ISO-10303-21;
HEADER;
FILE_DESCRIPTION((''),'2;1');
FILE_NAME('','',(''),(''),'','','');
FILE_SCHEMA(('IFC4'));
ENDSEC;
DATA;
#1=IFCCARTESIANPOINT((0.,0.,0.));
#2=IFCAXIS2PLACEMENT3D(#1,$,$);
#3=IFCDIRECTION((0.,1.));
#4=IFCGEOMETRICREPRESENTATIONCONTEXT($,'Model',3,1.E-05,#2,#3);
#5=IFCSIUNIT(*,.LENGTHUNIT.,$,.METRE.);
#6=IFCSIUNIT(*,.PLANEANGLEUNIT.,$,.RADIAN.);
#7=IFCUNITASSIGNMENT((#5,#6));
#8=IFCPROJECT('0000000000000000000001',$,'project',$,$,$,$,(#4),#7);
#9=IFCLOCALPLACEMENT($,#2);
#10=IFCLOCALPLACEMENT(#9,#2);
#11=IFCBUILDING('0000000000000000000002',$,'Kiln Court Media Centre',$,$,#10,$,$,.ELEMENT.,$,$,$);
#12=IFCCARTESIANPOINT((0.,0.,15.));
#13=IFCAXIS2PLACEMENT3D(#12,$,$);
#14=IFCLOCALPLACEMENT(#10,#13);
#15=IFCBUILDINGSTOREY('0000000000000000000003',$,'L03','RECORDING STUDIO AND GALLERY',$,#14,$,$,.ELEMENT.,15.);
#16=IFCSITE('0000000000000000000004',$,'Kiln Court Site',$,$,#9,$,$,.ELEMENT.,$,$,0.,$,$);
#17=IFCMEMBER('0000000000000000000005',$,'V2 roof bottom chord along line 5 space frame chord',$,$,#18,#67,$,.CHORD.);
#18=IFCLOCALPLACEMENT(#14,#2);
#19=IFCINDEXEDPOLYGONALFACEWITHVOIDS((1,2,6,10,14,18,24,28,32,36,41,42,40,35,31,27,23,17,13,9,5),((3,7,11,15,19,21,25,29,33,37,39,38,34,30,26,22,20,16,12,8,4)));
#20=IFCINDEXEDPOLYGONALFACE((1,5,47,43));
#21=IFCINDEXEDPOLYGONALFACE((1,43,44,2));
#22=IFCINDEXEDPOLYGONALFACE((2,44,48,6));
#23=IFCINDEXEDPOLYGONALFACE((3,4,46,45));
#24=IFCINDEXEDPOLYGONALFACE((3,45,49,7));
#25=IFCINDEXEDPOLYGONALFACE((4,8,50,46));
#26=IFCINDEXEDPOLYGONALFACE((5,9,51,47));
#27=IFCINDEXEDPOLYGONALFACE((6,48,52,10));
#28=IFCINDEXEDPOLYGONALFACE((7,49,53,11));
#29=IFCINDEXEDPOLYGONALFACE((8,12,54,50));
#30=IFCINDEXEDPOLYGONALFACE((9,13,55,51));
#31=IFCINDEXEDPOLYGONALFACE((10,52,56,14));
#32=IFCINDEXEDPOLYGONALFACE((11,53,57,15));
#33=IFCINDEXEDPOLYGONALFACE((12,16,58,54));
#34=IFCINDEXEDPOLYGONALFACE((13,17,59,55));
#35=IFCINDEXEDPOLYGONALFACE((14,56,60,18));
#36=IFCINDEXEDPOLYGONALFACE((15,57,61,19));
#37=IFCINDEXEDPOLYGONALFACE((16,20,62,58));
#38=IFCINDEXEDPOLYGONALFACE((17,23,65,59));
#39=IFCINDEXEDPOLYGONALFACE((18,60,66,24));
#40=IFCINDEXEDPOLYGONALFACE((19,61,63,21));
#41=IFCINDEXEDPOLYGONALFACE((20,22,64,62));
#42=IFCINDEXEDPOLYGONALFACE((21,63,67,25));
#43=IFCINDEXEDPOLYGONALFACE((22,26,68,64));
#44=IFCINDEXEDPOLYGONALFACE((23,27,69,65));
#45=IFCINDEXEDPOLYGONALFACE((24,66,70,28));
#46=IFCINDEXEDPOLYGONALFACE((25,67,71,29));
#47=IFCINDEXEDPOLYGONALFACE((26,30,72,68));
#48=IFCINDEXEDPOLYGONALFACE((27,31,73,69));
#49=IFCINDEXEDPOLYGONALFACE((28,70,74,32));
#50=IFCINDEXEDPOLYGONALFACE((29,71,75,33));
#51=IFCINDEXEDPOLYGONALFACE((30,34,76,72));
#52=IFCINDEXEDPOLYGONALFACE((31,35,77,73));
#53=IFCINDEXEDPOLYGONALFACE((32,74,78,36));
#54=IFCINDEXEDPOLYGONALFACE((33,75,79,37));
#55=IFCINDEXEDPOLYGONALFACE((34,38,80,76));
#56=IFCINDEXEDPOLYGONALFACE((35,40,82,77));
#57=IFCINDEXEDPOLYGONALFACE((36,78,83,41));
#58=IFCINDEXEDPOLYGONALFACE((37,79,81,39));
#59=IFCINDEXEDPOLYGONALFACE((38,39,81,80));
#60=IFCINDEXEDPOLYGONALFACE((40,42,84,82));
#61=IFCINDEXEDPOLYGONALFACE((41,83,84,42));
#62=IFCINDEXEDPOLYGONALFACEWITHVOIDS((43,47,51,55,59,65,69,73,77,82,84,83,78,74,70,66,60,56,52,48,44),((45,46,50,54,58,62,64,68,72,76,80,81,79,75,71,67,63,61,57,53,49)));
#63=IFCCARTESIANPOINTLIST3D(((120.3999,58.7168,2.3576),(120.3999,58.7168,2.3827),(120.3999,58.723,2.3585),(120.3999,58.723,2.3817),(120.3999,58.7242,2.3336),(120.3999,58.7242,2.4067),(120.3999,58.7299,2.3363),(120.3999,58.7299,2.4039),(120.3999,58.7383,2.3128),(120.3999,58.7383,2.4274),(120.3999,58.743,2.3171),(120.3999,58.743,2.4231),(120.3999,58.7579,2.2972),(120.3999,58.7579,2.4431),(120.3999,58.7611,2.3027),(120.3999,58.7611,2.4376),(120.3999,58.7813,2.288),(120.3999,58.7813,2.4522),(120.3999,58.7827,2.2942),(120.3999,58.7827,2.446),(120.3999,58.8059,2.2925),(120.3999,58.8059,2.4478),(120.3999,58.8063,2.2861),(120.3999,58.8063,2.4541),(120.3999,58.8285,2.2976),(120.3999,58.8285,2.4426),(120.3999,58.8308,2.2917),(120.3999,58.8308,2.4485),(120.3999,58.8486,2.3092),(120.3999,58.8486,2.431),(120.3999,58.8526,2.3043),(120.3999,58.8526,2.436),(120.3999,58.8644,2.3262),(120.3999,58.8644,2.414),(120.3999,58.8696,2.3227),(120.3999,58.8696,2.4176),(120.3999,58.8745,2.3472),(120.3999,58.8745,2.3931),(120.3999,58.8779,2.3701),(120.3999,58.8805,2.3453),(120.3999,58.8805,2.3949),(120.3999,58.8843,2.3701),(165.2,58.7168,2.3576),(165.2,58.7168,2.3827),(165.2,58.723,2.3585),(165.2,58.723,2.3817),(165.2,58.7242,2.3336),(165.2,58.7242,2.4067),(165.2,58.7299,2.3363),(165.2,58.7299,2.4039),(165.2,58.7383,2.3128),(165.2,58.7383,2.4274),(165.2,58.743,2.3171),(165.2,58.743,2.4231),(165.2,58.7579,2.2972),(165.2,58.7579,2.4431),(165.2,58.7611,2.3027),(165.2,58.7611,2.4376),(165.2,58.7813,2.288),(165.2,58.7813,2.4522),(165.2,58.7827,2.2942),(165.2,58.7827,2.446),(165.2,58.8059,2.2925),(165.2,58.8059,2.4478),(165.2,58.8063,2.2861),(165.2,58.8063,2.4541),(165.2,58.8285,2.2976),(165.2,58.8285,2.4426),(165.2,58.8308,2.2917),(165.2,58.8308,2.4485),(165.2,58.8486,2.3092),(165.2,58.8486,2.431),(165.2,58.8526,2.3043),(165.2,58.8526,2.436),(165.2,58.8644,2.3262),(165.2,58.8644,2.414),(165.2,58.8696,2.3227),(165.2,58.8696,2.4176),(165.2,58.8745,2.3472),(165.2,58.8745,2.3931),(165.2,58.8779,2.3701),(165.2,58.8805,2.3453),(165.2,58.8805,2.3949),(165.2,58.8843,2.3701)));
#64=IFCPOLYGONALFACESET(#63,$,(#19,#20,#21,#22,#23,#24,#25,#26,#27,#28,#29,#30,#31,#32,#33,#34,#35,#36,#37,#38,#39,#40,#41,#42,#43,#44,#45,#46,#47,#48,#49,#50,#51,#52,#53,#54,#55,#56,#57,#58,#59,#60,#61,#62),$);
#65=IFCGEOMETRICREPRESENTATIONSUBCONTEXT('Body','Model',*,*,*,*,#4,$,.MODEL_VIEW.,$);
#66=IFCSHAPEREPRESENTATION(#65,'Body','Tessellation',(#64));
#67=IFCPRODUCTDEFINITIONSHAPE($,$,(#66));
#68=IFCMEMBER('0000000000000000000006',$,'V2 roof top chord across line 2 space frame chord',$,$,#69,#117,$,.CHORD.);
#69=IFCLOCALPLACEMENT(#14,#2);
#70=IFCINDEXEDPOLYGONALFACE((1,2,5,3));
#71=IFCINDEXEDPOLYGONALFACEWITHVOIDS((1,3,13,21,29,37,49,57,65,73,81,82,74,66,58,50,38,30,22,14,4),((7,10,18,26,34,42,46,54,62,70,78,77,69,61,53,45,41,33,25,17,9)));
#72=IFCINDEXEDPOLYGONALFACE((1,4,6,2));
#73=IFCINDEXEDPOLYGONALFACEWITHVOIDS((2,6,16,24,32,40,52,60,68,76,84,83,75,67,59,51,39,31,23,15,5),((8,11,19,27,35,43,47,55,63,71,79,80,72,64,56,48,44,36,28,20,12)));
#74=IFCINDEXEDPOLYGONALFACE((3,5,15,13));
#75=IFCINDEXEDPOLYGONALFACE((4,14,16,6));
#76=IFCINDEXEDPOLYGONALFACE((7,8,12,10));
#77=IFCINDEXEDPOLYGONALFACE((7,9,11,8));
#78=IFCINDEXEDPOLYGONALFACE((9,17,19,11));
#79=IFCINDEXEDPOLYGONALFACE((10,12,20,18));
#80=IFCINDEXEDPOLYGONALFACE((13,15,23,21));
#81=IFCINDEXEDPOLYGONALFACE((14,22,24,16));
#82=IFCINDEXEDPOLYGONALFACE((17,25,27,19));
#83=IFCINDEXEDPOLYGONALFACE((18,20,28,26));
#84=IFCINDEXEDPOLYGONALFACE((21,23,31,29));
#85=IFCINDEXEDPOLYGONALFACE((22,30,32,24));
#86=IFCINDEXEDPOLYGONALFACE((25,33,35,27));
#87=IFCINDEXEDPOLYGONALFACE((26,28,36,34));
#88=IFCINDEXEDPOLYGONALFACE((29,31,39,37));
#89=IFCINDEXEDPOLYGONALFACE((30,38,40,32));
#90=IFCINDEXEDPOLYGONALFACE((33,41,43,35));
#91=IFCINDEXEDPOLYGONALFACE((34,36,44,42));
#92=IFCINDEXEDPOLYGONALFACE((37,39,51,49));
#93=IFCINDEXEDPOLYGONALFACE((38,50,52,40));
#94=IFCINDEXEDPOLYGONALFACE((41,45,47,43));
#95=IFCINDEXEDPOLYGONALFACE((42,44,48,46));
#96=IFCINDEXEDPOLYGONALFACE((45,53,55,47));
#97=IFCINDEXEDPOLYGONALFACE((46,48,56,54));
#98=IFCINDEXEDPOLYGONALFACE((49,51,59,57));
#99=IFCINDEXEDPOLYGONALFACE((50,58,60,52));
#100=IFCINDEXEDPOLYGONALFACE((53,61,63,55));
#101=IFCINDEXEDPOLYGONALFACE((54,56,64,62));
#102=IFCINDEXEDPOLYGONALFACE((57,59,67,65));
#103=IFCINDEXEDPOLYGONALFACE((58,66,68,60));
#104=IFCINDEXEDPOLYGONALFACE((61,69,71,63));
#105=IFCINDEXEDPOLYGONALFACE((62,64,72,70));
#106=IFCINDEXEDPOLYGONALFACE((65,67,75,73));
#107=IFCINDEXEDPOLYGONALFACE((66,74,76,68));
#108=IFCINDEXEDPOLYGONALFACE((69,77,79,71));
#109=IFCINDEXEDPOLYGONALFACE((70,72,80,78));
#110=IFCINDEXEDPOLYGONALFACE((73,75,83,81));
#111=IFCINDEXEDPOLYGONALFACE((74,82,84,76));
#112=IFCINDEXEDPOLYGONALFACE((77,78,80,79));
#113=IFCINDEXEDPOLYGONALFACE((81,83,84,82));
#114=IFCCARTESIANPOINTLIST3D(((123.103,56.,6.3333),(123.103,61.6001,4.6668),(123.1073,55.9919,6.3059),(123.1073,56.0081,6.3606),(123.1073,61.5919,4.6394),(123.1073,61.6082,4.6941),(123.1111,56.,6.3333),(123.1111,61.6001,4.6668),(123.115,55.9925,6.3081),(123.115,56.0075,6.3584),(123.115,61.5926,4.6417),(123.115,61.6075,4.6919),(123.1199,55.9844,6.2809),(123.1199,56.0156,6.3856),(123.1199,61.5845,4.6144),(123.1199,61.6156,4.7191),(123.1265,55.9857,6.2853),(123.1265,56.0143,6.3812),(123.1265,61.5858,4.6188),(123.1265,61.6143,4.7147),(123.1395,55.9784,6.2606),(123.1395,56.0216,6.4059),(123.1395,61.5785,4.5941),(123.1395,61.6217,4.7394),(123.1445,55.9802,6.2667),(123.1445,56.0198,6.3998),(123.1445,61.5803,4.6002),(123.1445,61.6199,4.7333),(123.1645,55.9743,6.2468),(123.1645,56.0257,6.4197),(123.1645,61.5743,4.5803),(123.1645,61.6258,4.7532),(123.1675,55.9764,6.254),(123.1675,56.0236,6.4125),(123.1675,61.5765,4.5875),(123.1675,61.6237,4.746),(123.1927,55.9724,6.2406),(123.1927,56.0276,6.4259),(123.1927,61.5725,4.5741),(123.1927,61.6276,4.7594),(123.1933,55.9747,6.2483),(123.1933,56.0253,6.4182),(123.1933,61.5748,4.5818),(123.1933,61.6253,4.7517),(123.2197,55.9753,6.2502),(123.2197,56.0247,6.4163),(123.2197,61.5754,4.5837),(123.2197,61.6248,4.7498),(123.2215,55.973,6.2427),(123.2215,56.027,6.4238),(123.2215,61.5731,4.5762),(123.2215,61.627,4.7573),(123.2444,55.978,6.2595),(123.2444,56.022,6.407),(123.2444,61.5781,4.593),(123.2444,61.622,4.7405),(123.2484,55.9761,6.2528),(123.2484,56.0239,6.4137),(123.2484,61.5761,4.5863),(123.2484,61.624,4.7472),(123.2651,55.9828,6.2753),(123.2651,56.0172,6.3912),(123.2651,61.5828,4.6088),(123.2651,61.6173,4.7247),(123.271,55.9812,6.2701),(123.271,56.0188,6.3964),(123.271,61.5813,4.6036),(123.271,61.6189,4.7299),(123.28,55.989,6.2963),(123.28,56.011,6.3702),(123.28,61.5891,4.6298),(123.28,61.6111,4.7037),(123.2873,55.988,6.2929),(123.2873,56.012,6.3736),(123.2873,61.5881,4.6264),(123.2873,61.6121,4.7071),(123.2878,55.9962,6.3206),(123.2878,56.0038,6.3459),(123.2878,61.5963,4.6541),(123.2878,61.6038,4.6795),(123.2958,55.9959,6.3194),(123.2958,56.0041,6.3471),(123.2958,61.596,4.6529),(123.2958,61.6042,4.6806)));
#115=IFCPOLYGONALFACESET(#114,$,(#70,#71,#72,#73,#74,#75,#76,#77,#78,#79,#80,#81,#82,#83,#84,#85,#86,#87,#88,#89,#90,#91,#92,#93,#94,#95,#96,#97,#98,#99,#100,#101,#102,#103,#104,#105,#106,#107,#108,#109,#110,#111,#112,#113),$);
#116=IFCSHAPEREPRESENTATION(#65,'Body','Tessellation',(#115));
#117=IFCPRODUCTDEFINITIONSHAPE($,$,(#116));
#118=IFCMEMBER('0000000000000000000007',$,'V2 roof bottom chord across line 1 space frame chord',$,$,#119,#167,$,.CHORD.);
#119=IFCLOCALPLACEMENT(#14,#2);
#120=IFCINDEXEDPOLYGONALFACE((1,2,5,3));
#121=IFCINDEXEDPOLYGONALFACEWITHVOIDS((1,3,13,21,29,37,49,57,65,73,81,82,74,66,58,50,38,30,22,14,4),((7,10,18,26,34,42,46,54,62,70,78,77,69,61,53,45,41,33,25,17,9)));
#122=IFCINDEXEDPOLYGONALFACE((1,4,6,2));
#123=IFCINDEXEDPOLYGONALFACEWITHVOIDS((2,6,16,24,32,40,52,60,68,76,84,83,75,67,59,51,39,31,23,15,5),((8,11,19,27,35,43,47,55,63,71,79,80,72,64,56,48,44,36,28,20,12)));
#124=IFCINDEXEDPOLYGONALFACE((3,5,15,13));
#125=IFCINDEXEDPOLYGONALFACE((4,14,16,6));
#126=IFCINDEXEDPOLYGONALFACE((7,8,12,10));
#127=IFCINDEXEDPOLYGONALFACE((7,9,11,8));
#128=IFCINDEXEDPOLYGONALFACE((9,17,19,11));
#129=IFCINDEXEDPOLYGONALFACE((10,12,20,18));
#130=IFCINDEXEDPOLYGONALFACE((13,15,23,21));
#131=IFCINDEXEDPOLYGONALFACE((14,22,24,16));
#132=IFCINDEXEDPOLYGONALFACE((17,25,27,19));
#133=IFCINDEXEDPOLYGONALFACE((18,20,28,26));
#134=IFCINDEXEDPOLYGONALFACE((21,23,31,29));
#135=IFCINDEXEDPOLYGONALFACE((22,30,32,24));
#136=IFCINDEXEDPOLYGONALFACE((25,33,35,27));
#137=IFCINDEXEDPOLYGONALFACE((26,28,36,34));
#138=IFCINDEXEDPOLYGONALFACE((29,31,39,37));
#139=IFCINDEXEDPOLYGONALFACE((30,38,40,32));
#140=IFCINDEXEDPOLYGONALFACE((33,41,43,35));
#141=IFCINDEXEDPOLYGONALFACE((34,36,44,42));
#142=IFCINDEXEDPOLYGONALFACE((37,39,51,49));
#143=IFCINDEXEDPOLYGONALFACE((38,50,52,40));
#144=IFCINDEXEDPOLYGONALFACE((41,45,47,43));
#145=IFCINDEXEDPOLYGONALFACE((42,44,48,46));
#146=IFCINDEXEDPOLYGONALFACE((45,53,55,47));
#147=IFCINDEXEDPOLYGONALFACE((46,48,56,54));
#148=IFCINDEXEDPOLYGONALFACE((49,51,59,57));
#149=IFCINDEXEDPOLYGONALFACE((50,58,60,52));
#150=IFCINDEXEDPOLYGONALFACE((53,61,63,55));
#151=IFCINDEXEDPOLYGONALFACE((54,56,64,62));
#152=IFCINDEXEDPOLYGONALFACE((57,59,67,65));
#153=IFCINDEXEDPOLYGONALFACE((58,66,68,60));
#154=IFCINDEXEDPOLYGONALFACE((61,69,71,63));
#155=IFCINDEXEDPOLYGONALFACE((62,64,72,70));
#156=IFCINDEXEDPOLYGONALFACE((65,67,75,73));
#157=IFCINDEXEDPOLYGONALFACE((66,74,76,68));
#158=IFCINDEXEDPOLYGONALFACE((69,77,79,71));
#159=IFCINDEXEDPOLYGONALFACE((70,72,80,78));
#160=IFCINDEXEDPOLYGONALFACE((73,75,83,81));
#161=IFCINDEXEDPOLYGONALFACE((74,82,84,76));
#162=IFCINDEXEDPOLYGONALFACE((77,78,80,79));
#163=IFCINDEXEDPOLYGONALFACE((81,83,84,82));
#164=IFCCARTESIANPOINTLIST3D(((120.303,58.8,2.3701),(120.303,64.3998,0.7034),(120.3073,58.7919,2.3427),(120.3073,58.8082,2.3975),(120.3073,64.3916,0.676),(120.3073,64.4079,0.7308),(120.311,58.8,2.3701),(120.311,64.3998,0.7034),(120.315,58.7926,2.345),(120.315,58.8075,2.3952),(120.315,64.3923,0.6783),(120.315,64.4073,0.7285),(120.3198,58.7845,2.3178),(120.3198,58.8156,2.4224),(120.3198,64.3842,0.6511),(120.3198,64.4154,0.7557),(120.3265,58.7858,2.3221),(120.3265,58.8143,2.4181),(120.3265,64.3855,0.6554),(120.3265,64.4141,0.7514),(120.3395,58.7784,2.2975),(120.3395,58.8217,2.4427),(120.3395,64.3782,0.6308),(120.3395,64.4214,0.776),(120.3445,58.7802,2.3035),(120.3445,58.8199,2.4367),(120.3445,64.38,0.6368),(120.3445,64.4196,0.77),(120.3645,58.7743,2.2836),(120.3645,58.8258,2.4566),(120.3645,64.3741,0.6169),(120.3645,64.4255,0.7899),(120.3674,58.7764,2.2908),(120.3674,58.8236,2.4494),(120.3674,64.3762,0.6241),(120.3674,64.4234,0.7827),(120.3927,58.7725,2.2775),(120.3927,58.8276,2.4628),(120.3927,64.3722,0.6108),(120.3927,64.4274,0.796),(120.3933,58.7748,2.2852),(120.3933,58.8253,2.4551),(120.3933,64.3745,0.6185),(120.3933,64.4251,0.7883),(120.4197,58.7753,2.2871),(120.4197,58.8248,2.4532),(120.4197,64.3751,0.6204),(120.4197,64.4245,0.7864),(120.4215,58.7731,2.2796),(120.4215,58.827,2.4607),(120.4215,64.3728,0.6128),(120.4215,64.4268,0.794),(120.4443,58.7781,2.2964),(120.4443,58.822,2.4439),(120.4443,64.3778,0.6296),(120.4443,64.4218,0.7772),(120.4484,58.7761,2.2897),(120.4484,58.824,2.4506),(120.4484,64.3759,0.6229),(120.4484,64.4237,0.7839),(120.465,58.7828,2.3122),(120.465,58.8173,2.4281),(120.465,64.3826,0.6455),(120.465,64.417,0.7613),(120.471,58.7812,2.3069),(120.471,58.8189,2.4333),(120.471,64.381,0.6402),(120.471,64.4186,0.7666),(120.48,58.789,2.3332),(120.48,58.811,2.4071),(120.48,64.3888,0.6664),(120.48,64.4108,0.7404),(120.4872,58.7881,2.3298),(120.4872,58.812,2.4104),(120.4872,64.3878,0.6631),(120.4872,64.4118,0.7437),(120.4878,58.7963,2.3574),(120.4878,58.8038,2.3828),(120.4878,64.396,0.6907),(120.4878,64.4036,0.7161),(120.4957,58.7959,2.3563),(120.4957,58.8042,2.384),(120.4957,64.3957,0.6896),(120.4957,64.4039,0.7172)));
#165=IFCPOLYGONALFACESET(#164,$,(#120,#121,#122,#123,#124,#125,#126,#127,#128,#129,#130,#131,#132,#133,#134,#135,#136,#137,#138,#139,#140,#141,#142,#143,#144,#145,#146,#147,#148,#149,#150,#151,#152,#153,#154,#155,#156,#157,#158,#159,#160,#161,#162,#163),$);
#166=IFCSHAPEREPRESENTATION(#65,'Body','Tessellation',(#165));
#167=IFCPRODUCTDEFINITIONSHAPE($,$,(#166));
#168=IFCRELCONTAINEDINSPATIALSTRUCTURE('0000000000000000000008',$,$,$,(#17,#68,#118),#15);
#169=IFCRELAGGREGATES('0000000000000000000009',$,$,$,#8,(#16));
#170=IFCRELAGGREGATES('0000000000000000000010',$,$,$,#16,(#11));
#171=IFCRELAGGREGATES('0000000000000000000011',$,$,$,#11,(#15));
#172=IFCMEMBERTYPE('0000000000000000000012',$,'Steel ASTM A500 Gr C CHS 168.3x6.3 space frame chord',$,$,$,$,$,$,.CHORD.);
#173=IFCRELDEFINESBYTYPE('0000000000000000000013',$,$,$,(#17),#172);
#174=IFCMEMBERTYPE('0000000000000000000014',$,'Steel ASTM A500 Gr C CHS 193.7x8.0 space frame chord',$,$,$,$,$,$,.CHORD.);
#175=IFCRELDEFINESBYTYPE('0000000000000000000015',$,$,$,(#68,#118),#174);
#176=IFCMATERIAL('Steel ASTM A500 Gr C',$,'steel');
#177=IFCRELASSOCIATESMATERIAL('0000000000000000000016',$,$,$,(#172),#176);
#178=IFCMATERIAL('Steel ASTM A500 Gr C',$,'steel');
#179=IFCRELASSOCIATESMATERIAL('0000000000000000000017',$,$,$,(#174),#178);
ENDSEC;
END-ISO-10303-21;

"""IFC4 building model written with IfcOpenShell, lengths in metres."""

from ifc_helpers import new_model, si_unit, direction, frame, origin, origin_2d, place, context, subcontext, project, spatial, hollow_circle, extrude, material, material_profile, profile_set, type_object, element, save


model = new_model("IFC4")

# Units and contexts
model_context = context("Model", 3, precision=1e-05, world=origin(), true_north=direction((0.0, 1.0)))
body_context = subcontext(model_context, "Body", "Model", "MODEL_VIEW")
ifc_project = project(units=[si_unit("LENGTHUNIT", "METRE"), si_unit("PLANEANGLEUNIT", "RADIAN")], contexts=[model_context])

# Site, building, storey
site_placement = place(None, origin())
site = spatial("IfcSite", under=ifc_project, at=site_placement, Name="Kiln Court Site", CompositionType="ELEMENT", RefElevation=0.0)
building_placement = place(site_placement, origin())
building = spatial("IfcBuilding", under=site, at=building_placement, Name="Kiln Court Media Centre", CompositionType="ELEMENT")
storey_placement = place(building_placement, frame((0.0, 0.0, 15.0)))
storey = spatial("IfcBuildingStorey", under=building, at=storey_placement, Name="L03", Description="RECORDING STUDIO AND GALLERY", CompositionType="ELEMENT", Elevation=15.0)

# Members
ifc_material_1 = material(Name="Steel ASTM A500 Gr C", Category="steel")
ifc_material_profile_1 = material_profile(ifc_material_1, hollow_circle(Radius=0.0842, WallThickness=0.0063, at=origin_2d()), Name="CHS 168.3x6.3")
ifc_profile_set_1 = profile_set([ifc_material_profile_1], Name="Steel ASTM A500 Gr C")
member_type_1 = type_object("IfcMemberType", Name="Steel ASTM A500 Gr C CHS 168.3x6.3 space frame chord", PredefinedType="CHORD", material=ifc_profile_set_1)
member_1_placement = place(storey_placement, frame((120.3999, 58.8, 2.3701), z_axis=(1.0, 0.0, 0.0), x_axis=(0.0, 1.0, 0.0)))
element("IfcMember", 1, at=member_1_placement, inside=storey, type_object=member_type_1, Name="V2 roof bottom chord along line 5 space frame chord", PredefinedType="CHORD", context=body_context, shape_type="SweptSolid", body=[
    extrude(hollow_circle(Radius=0.0842, WallThickness=0.0063, at=origin_2d()), origin(), (0.0, 0.0, 1.0), 44.8),
])
ifc_material_2 = material(Name="Steel ASTM A500 Gr C", Category="steel")
ifc_material_profile_2 = material_profile(ifc_material_2, hollow_circle(Radius=0.0969, WallThickness=0.0081, at=origin_2d()), Name="CHS 193.7x8.0")
ifc_profile_set_2 = profile_set([ifc_material_profile_2], Name="Steel ASTM A500 Gr C")
member_type_2 = type_object("IfcMemberType", Name="Steel ASTM A500 Gr C CHS 193.7x8.0 space frame chord", PredefinedType="CHORD", material=ifc_profile_set_2)
member_2_placement = place(storey_placement, frame((123.2, 56.0, 6.3333), z_axis=(0.0, 0.958461, -0.285223), x_axis=(-1.0, 0.0, 0.0)))
element("IfcMember", 2, at=member_2_placement, inside=storey, type_object=member_type_2, Name="V2 roof top chord across line 2 space frame chord", PredefinedType="CHORD", context=body_context, shape_type="SweptSolid", body=[
    extrude(hollow_circle(Radius=0.0969, WallThickness=0.0081, at=origin_2d()), origin(), (0.0, 0.0, 1.0), 5.8428),
])
member_3_placement = place(storey_placement, frame((120.3999, 58.8, 2.3701), z_axis=(0.0, 0.958446, -0.285273), x_axis=(-1.0, 0.0, 0.0)))
element("IfcMember", 3, at=member_3_placement, inside=storey, type_object=member_type_2, Name="V2 roof bottom chord across line 1 space frame chord", PredefinedType="CHORD", context=body_context, shape_type="SweptSolid", body=[
    extrude(hollow_circle(Radius=0.0969, WallThickness=0.0081, at=origin_2d()), origin(), (0.0, 0.0, 1.0), 5.8425),
])

save(model, "model.ifc")
